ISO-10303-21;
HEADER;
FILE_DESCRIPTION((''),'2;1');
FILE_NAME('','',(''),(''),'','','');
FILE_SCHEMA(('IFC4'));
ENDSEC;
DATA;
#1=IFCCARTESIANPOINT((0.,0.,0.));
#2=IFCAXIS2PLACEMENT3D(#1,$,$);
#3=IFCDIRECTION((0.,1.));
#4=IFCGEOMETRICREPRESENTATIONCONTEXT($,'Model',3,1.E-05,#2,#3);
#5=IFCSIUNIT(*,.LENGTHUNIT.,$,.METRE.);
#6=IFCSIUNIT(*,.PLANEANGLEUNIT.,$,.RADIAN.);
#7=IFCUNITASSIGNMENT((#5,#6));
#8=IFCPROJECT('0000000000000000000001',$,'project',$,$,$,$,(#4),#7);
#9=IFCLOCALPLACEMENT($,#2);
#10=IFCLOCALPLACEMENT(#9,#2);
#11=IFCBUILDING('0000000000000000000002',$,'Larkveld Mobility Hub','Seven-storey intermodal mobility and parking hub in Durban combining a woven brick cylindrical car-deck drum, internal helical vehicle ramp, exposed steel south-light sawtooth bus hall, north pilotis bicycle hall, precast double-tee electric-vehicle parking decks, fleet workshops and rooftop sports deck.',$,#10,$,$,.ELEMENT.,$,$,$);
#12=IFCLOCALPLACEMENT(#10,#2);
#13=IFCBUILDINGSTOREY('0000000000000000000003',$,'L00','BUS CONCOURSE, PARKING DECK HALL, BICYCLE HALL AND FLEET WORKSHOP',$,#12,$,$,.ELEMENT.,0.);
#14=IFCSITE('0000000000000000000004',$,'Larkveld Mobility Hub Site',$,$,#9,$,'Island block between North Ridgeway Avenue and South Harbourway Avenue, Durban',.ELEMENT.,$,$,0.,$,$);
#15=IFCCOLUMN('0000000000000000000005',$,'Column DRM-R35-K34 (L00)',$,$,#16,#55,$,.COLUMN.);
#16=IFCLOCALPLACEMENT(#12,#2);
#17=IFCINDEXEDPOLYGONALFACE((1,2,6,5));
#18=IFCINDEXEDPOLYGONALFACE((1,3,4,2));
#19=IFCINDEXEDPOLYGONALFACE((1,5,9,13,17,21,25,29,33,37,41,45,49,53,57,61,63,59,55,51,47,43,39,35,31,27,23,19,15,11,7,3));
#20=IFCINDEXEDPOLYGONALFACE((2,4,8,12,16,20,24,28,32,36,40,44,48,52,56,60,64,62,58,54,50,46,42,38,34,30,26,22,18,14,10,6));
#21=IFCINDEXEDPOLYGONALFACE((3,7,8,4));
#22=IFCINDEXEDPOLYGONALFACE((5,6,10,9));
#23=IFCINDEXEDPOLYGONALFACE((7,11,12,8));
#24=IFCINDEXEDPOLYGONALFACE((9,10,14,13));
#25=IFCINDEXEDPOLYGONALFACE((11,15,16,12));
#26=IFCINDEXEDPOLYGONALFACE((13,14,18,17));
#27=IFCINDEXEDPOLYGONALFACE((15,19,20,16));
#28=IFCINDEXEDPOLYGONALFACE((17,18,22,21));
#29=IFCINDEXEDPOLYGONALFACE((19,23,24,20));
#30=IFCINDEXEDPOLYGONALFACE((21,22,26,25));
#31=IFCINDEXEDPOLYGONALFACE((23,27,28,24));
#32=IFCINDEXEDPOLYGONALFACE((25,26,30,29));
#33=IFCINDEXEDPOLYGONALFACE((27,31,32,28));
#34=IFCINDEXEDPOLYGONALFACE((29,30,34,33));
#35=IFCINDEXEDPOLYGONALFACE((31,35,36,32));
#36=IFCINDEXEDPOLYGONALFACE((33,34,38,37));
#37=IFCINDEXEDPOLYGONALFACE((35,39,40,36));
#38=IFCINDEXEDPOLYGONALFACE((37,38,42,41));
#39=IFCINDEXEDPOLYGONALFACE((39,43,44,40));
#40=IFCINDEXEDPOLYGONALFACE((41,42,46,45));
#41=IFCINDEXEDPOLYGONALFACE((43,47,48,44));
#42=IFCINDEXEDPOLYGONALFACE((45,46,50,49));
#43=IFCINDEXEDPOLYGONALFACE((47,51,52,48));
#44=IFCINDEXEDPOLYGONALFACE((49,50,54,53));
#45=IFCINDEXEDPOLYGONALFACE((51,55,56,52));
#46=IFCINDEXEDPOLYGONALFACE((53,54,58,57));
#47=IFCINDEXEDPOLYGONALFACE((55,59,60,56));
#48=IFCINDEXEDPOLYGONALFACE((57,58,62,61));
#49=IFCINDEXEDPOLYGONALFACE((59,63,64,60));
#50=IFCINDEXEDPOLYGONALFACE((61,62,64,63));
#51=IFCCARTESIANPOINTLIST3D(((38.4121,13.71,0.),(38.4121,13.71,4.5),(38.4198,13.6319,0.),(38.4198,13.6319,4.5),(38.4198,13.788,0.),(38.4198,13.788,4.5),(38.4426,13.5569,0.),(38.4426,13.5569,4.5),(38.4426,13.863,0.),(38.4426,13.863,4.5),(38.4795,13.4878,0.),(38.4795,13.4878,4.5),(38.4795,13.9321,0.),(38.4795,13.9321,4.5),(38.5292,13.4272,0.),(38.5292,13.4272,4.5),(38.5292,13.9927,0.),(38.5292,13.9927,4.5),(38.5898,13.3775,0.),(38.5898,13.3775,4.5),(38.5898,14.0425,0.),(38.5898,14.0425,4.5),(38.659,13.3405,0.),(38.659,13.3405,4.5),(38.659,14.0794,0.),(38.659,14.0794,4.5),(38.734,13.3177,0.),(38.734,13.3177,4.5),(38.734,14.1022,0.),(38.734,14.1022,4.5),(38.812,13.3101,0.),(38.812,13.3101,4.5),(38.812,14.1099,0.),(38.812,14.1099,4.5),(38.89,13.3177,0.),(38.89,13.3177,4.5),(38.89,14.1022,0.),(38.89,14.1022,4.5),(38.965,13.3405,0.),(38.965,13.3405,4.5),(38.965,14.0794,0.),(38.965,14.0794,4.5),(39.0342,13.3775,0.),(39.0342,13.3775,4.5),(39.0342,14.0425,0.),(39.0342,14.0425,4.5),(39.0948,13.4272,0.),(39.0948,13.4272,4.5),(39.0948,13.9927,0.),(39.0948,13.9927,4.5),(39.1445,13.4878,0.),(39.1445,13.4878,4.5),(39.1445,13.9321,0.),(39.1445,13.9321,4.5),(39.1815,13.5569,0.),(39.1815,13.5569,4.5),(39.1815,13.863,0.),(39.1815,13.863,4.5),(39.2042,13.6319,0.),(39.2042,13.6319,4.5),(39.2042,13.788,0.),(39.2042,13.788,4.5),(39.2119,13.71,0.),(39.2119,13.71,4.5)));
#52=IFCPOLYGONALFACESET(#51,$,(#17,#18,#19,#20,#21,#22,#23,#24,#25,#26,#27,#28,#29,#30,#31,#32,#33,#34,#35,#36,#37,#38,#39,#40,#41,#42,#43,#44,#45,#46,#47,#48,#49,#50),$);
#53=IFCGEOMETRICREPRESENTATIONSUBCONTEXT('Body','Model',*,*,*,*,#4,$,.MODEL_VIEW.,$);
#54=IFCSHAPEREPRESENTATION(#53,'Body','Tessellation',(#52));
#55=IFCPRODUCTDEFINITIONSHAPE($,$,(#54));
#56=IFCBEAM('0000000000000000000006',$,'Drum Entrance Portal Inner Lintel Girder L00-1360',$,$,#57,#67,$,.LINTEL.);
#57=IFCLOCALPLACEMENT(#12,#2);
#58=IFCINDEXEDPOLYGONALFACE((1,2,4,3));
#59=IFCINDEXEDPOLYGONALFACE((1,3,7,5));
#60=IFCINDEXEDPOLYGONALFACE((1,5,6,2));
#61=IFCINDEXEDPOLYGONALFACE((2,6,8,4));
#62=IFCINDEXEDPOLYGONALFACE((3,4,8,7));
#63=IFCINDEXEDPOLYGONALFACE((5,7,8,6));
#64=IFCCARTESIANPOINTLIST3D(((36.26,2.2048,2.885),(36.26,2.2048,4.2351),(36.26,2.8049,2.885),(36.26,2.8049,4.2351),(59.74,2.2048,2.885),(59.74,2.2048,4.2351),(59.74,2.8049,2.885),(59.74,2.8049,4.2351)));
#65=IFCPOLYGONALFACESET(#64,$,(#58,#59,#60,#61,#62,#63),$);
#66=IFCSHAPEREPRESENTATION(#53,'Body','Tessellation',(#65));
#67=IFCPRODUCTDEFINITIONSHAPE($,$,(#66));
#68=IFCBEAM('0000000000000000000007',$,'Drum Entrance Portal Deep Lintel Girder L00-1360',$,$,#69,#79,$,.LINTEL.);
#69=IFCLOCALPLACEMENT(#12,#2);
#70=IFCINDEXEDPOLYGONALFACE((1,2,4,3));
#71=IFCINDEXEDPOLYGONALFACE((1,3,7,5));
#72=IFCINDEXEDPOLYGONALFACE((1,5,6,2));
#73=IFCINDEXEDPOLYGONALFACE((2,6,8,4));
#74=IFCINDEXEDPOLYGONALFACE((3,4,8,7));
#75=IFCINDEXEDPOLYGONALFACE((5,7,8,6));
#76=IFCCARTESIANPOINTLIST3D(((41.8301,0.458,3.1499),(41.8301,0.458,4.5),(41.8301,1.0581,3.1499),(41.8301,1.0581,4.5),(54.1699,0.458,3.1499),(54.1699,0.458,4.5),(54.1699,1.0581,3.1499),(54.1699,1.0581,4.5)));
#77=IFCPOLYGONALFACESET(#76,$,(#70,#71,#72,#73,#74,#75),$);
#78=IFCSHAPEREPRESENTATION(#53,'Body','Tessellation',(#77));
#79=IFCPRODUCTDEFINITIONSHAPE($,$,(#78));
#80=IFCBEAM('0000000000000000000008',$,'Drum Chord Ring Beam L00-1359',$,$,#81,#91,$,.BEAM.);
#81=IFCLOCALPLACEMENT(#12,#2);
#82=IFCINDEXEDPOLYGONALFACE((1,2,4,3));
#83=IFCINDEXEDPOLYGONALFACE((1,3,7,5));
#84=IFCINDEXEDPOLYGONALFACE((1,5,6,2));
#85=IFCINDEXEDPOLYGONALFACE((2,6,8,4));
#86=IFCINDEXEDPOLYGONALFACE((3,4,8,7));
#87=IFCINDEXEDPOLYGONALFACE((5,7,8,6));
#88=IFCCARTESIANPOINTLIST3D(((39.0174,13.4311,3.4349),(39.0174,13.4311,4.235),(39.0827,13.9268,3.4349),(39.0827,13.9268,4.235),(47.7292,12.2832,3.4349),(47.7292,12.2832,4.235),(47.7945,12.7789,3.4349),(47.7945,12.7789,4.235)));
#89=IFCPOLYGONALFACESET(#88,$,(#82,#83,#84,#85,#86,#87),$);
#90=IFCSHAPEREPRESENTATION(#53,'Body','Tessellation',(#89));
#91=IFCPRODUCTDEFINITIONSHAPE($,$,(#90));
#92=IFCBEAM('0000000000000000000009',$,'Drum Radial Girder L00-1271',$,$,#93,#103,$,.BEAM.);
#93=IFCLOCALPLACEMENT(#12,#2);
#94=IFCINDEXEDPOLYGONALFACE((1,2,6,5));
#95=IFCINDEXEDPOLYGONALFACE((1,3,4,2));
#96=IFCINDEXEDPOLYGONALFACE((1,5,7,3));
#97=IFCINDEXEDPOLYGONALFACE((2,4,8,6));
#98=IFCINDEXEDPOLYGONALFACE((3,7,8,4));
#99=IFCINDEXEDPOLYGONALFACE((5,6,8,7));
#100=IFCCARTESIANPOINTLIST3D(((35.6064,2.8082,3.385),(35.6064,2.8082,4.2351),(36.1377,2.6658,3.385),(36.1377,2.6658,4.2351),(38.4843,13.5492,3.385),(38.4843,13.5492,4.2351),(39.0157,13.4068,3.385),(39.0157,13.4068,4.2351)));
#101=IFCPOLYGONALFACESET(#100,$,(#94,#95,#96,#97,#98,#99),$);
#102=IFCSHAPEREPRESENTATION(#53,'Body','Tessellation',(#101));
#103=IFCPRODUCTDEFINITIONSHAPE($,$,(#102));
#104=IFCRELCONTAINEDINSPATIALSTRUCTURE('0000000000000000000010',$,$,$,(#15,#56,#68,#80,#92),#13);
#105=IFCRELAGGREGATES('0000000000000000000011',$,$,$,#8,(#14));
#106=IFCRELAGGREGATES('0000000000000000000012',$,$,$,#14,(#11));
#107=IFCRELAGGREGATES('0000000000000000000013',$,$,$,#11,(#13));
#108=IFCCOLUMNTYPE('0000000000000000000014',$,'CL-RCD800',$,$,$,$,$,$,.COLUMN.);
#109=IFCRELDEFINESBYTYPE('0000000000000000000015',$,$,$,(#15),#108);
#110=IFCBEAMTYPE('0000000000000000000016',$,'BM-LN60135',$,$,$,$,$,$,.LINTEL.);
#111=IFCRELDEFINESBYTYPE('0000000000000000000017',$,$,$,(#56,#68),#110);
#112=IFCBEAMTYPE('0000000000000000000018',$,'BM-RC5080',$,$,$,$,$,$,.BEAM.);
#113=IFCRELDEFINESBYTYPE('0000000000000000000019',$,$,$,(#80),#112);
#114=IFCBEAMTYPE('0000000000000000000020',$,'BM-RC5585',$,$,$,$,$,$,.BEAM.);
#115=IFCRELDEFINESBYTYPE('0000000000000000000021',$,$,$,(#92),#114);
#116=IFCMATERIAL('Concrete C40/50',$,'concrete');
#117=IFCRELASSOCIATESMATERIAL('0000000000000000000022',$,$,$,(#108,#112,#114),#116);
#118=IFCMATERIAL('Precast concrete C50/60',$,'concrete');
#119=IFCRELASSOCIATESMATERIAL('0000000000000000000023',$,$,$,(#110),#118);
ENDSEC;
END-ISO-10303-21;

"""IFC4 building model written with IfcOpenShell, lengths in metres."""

from ifc_helpers import new_model, si_unit, direction, frame, origin, origin_2d, place, context, subcontext, project, spatial, rectangle, circle, extrude, material, material_profile, profile_set, type_object, element, save


model = new_model("IFC4")

# Units and contexts
model_context = context("Model", 3, precision=1e-05, world=origin(), true_north=direction((0.0, 1.0)))
body_context = subcontext(model_context, "Body", "Model", "MODEL_VIEW")
ifc_project = project(units=[si_unit("LENGTHUNIT", "METRE"), si_unit("PLANEANGLEUNIT", "RADIAN")], contexts=[model_context])

# Site, building, storey
site_placement = place(None, origin())
site = spatial("IfcSite", under=ifc_project, at=site_placement, Name="Larkveld Mobility Hub Site", LongName="Island block between North Ridgeway Avenue and South Harbourway Avenue, Durban", CompositionType="ELEMENT", RefElevation=0.0)
building_placement = place(site_placement, origin())
building = spatial("IfcBuilding", under=site, at=building_placement, Name="Larkveld Mobility Hub", Description="Seven-storey intermodal mobility and parking hub in Durban combining a woven brick cylindrical car-deck drum, internal helical vehicle ramp, exposed steel south-light sawtooth bus hall, north pilotis bicycle hall, precast double-tee electric-vehicle parking decks, fleet workshops and rooftop sports deck.", CompositionType="ELEMENT")
storey_placement = place(building_placement, origin())
storey = spatial("IfcBuildingStorey", under=building, at=storey_placement, Name="L00", Description="BUS CONCOURSE, PARKING DECK HALL, BICYCLE HALL AND FLEET WORKSHOP", CompositionType="ELEMENT", Elevation=0.0)

# Column
ifc_material_1 = material(Name="Precast concrete C50/60", Category="concrete")
ifc_material_2 = material(Name="Concrete C40/50", Category="concrete")
ifc_material_profile_1 = material_profile(ifc_material_2, circle(Radius=0.3999, at=origin_2d()), Name="RC COL D800")
ifc_profile_set_1 = profile_set([ifc_material_profile_1], Name="Concrete C40/50")
column_type_1 = type_object("IfcColumnType", Name="CL-RCD800", PredefinedType="COLUMN", material=ifc_profile_set_1)
column_1_placement = place(storey_placement, frame((38.812, 13.71, 0.0), z_axis=(0.0, 0.0, 1.0), x_axis=(1.0, 0.0, 0.0)))
element("IfcColumn", 1, at=column_1_placement, inside=storey, type_object=column_type_1, Name="Column DRM-R35-K34 (L00)", PredefinedType="COLUMN", context=body_context, shape_type="SweptSolid", body=[
    extrude(circle(Radius=0.3999, at=origin_2d()), origin(), (0.0, 0.0, 1.0), 4.5),
])

# Beams
ifc_material_profile_2 = material_profile(ifc_material_1, rectangle(XDim=0.6001, YDim=1.3501, at=origin_2d()), Name="PC LIN 600x1350")
ifc_profile_set_2 = profile_set([ifc_material_profile_2], Name="Precast concrete C50/60")
beam_type_1 = type_object("IfcBeamType", Name="BM-LN60135", PredefinedType="LINTEL", material=ifc_profile_set_2)
beam_1_placement = place(storey_placement, frame((36.26, 2.5049, 3.5601), z_axis=(1.0, 0.0, 0.0), x_axis=(0.0, 1.0, 0.0)))
element("IfcBeam", 2, at=beam_1_placement, inside=storey, type_object=beam_type_1, Name="Drum Entrance Portal Inner Lintel Girder L00-1360", PredefinedType="LINTEL", context=body_context, shape_type="SweptSolid", body=[
    extrude(rectangle(XDim=0.6001, YDim=1.3501, at=origin_2d()), origin(), (0.0, 0.0, 1.0), 23.48),
])
beam_2_placement = place(storey_placement, frame((41.8301, 0.7581, 3.825), z_axis=(1.0, 0.0, 0.0), x_axis=(0.0, 1.0, 0.0)))
element("IfcBeam", 3, at=beam_2_placement, inside=storey, type_object=beam_type_1, Name="Drum Entrance Portal Deep Lintel Girder L00-1360", PredefinedType="LINTEL", context=body_context, shape_type="SweptSolid", body=[
    extrude(rectangle(XDim=0.6001, YDim=1.3501, at=origin_2d()), origin(), (0.0, 0.0, 1.0), 12.3398),
])
ifc_material_profile_3 = material_profile(ifc_material_2, rectangle(XDim=0.5, YDim=0.8, at=origin_2d()), Name="RC BM 500x800")
ifc_profile_set_3 = profile_set([ifc_material_profile_3], Name="Concrete C40/50")
beam_type_2 = type_object("IfcBeamType", Name="BM-RC5080", PredefinedType="BEAM", material=ifc_profile_set_3)
beam_3_placement = place(storey_placement, frame((39.05, 13.679, 3.835), z_axis=(0.99143, -0.130638, 0.0), x_axis=(0.130638, 0.99143, 0.0)))
element("IfcBeam", 4, at=beam_3_placement, inside=storey, type_object=beam_type_2, Name="Drum Chord Ring Beam L00-1359", PredefinedType="BEAM", context=body_context, shape_type="SweptSolid", body=[
    extrude(rectangle(XDim=0.5, YDim=0.8, at=origin_2d()), origin(), (0.0, 0.0, 1.0), 8.7871),
])
ifc_material_profile_4 = material_profile(ifc_material_2, rectangle(XDim=0.55, YDim=0.8501, at=origin_2d()), Name="RC BM 550x850")
ifc_profile_set_4 = profile_set([ifc_material_profile_4], Name="Concrete C40/50")
beam_type_3 = type_object("IfcBeamType", Name="BM-RC5585", PredefinedType="BEAM", material=ifc_profile_set_4)
beam_4_placement = place(storey_placement, frame((38.75, 13.478, 3.8101), z_axis=(-0.25881, -0.965928, 0.0), x_axis=(0.965928, -0.25881, 0.0)))
element("IfcBeam", 5, at=beam_4_placement, inside=storey, type_object=beam_type_3, Name="Drum Radial Girder L00-1271", PredefinedType="BEAM", context=body_context, shape_type="SweptSolid", body=[
    extrude(rectangle(XDim=0.55, YDim=0.8501, at=origin_2d()), origin(), (0.0, 0.0, 1.0), 11.1199),
])

save(model, "model.ifc")
